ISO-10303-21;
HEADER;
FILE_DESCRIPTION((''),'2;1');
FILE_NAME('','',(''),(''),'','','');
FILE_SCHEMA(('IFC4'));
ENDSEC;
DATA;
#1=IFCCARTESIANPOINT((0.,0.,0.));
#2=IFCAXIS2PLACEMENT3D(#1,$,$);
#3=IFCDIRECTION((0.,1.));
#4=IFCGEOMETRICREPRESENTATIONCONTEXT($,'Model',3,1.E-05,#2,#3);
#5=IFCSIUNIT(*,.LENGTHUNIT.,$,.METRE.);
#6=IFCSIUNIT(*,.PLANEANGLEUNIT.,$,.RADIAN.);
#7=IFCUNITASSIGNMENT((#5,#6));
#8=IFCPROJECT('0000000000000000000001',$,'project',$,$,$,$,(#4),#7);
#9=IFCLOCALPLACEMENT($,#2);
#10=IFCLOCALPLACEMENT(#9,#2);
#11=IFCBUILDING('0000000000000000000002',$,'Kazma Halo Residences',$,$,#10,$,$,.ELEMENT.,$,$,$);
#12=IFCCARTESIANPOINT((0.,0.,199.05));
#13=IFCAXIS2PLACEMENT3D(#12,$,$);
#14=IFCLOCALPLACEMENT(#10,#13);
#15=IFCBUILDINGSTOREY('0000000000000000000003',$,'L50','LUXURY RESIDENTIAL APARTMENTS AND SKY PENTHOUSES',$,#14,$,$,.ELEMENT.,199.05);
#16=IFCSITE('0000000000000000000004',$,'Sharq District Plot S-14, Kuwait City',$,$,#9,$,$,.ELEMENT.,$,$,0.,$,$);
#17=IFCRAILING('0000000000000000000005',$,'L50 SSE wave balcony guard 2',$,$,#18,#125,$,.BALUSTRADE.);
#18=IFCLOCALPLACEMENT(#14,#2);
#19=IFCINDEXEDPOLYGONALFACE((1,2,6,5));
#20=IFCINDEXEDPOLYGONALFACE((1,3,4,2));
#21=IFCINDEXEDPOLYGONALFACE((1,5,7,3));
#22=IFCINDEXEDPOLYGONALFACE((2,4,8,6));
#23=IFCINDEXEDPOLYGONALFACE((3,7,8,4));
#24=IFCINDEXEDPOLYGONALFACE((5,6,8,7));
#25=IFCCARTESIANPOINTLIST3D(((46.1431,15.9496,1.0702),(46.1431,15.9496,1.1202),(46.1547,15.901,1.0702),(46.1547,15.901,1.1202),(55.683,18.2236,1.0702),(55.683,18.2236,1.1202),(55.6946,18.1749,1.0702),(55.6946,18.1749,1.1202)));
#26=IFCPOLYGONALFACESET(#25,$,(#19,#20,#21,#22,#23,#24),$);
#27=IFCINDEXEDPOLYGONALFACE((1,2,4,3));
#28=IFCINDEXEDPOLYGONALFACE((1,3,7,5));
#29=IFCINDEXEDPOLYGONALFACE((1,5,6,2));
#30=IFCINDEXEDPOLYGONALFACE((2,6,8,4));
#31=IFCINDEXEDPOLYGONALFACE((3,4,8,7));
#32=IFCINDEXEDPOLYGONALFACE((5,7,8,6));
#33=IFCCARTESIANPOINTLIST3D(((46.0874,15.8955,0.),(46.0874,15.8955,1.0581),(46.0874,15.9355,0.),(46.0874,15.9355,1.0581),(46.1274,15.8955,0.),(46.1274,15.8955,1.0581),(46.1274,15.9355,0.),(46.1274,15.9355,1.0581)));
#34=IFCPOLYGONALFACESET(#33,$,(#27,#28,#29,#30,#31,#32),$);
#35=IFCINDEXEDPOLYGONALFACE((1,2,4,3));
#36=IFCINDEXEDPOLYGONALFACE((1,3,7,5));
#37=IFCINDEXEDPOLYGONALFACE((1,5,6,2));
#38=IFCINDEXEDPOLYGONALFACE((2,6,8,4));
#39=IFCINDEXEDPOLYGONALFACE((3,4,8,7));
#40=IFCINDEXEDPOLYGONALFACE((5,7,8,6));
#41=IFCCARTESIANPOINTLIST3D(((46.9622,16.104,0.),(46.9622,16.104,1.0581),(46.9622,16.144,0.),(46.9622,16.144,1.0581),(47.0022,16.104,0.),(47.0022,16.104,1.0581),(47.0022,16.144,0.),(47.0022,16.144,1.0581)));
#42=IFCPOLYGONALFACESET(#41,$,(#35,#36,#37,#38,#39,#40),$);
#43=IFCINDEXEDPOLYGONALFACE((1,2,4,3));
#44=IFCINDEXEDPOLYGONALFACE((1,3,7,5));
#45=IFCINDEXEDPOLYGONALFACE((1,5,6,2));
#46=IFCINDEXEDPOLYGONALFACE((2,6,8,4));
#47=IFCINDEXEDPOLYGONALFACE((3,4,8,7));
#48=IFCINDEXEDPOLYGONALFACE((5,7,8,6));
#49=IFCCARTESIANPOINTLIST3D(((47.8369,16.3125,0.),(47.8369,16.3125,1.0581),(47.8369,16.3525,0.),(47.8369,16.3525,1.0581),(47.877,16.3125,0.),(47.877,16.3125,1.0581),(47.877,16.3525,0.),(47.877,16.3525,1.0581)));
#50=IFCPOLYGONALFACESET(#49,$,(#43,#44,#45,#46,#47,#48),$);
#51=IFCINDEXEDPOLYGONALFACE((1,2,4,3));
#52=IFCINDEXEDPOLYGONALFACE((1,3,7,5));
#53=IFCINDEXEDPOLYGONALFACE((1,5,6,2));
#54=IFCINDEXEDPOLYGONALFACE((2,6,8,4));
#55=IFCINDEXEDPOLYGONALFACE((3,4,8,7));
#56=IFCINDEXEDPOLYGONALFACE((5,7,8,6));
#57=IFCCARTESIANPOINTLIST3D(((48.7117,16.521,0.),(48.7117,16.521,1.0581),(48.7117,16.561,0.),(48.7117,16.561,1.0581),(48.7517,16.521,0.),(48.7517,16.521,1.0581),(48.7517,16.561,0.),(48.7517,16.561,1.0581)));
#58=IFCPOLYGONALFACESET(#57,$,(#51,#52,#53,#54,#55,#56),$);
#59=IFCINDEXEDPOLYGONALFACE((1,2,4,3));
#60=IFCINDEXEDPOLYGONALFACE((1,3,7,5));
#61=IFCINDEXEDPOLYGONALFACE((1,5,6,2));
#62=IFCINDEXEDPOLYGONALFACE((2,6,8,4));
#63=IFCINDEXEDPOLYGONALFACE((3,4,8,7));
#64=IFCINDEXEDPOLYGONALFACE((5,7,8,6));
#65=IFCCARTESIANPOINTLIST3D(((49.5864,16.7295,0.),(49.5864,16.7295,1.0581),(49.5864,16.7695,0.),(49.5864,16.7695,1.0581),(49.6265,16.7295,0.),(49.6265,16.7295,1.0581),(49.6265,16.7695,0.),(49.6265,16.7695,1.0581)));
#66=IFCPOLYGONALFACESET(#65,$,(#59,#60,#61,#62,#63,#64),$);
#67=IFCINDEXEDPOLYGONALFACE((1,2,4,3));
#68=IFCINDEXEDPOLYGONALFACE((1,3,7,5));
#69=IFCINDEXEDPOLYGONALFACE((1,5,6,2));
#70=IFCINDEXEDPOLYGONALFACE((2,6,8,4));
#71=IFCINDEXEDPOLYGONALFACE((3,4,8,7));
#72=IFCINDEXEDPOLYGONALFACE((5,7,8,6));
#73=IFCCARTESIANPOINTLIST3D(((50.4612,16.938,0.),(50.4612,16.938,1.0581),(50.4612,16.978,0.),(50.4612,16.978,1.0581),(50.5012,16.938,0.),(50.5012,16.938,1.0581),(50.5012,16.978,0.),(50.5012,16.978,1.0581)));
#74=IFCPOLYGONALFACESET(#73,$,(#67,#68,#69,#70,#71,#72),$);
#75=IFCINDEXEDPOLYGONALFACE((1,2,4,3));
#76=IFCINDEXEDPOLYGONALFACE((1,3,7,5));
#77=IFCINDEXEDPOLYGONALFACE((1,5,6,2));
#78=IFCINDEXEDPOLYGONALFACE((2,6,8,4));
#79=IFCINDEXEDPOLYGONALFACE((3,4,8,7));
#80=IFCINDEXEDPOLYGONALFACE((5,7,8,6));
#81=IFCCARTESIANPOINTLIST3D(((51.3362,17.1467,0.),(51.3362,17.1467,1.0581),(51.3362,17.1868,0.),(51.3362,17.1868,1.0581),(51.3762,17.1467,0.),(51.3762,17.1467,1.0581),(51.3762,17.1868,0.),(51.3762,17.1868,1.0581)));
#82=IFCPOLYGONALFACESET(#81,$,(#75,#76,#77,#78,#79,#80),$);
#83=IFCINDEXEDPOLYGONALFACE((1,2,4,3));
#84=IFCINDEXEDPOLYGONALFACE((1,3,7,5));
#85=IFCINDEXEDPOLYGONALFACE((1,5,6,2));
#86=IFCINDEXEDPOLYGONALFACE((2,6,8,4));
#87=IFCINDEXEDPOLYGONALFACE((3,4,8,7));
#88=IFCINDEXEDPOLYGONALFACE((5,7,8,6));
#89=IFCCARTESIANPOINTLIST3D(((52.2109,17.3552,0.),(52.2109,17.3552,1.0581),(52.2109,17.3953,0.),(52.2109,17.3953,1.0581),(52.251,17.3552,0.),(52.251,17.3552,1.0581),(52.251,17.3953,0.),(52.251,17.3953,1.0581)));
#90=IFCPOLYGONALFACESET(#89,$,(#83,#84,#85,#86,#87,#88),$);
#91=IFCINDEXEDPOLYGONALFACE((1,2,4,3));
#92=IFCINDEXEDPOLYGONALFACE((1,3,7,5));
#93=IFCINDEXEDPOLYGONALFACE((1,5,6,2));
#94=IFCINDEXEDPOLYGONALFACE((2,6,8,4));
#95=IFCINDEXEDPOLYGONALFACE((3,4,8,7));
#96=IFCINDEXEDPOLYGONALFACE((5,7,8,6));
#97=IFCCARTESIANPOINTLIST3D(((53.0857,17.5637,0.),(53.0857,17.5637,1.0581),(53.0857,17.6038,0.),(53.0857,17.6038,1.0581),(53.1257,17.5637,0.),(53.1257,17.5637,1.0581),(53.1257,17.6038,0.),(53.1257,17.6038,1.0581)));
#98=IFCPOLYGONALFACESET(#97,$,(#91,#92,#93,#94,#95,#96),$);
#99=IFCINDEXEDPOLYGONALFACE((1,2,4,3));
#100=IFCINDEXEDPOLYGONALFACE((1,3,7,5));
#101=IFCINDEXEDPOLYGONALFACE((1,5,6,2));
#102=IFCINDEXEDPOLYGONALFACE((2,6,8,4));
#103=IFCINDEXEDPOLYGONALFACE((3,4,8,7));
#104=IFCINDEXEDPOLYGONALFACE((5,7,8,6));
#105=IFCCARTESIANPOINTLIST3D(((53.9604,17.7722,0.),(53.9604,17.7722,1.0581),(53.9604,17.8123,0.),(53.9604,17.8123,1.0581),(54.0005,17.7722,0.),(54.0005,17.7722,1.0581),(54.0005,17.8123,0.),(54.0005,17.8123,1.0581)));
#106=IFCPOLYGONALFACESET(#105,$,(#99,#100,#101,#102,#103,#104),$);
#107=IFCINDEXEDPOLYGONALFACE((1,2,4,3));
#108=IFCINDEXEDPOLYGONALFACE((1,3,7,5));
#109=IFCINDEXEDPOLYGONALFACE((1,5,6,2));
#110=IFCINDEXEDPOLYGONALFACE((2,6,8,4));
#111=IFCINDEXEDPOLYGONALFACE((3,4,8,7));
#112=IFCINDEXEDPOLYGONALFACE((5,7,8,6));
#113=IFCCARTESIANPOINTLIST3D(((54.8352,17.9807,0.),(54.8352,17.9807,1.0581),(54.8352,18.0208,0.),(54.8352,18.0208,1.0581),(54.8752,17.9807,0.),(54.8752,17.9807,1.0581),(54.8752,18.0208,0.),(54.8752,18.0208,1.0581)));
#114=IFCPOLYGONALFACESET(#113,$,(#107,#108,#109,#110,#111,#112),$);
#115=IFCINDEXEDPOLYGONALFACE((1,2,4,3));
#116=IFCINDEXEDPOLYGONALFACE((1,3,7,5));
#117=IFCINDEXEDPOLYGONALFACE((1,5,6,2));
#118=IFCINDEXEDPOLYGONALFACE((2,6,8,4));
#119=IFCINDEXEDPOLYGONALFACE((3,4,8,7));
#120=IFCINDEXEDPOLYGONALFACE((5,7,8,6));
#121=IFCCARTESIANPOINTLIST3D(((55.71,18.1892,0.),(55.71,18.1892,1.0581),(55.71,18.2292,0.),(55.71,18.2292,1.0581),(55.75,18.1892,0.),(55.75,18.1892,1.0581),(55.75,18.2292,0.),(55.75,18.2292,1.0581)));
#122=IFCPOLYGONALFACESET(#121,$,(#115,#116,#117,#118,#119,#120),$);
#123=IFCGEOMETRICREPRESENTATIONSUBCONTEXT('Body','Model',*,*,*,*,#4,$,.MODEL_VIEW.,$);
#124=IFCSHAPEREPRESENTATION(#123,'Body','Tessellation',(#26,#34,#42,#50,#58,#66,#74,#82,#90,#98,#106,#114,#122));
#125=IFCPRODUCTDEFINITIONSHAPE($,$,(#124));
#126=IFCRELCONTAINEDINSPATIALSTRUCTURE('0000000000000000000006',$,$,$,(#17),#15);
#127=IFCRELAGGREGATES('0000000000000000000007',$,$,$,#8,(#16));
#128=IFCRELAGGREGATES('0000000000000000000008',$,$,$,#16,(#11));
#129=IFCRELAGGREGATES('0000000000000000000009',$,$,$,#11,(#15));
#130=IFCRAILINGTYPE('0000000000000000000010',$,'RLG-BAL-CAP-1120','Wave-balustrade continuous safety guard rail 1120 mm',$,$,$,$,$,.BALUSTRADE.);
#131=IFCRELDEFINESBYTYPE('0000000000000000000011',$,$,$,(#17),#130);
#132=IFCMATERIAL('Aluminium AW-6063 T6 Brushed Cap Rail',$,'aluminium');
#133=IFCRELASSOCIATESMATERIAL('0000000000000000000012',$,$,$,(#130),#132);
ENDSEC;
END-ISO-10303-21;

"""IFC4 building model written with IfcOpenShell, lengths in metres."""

from ifc_helpers import new_model, si_unit, direction, frame, origin, origin_2d, place, context, subcontext, project, spatial, rectangle, extrude, material, type_object, element, save


model = new_model("IFC4")

# Units and contexts
model_context = context("Model", 3, precision=1e-05, world=origin(), true_north=direction((0.0, 1.0)))
body_context = subcontext(model_context, "Body", "Model", "MODEL_VIEW")
ifc_project = project(units=[si_unit("LENGTHUNIT", "METRE"), si_unit("PLANEANGLEUNIT", "RADIAN")], contexts=[model_context])

# Site, building, storey
site_placement = place(None, origin())
site = spatial("IfcSite", under=ifc_project, at=site_placement, Name="Sharq District Plot S-14, Kuwait City", CompositionType="ELEMENT", RefElevation=0.0)
building_placement = place(site_placement, origin())
building = spatial("IfcBuilding", under=site, at=building_placement, Name="Kazma Halo Residences", CompositionType="ELEMENT")
storey_placement = place(building_placement, frame((0.0, 0.0, 199.05)))
storey = spatial("IfcBuildingStorey", under=building, at=storey_placement, Name="L50", Description="LUXURY RESIDENTIAL APARTMENTS AND SKY PENTHOUSES", CompositionType="ELEMENT", Elevation=199.05)

# Railing
ifc_material_1 = material(Name="Aluminium AW-6063 T6 Brushed Cap Rail", Category="aluminium")
railing_type = type_object("IfcRailingType", Name="RLG-BAL-CAP-1120", Description="Wave-balustrade continuous safety guard rail 1120 mm", PredefinedType="BALUSTRADE", material=ifc_material_1)
railing_1_placement = place(storey_placement, frame((46.1074, 15.9155, 0.0)))
element("IfcRailing", 1, at=railing_1_placement, inside=storey, type_object=railing_type, Name="L50 SSE wave balcony guard 2", PredefinedType="BALUSTRADE", context=body_context, shape_type="SweptSolid", body=[
    extrude(rectangle(XDim=0.05, YDim=0.05, at=origin_2d()), frame((0.0415, 0.0098, 1.0952), z_axis=(0.972747, 0.231871, 0.0), x_axis=(-0.231871, 0.972747, 0.0)), (0.0, 0.0, 1.0), 9.8071),
    extrude(rectangle(XDim=0.04, YDim=0.04, at=origin_2d()), origin(), (0.0, 0.0, 1.0), 1.0581),
    extrude(rectangle(XDim=0.04, YDim=0.04, at=origin_2d()), frame((0.8748, 0.2085, 0.0)), (0.0, 0.0, 1.0), 1.0581),
    extrude(rectangle(XDim=0.04, YDim=0.04, at=origin_2d()), frame((1.7495, 0.417, 0.0)), (0.0, 0.0, 1.0), 1.0581),
    extrude(rectangle(XDim=0.04, YDim=0.04, at=origin_2d()), frame((2.6243, 0.6255, 0.0)), (0.0, 0.0, 1.0), 1.0581),
    extrude(rectangle(XDim=0.04, YDim=0.04, at=origin_2d()), frame((3.499, 0.834, 0.0)), (0.0, 0.0, 1.0), 1.0581),
    extrude(rectangle(XDim=0.04, YDim=0.04, at=origin_2d()), frame((4.3738, 1.0425, 0.0)), (0.0, 0.0, 1.0), 1.0581),
    extrude(rectangle(XDim=0.04, YDim=0.04, at=origin_2d()), frame((5.2488, 1.2512, 0.0)), (0.0, 0.0, 1.0), 1.0581),
    extrude(rectangle(XDim=0.04, YDim=0.04, at=origin_2d()), frame((6.1235, 1.4597, 0.0)), (0.0, 0.0, 1.0), 1.0581),
    extrude(rectangle(XDim=0.04, YDim=0.04, at=origin_2d()), frame((6.9983, 1.6682, 0.0)), (0.0, 0.0, 1.0), 1.0581),
    extrude(rectangle(XDim=0.04, YDim=0.04, at=origin_2d()), frame((7.873, 1.8767, 0.0)), (0.0, 0.0, 1.0), 1.0581),
    extrude(rectangle(XDim=0.04, YDim=0.04, at=origin_2d()), frame((8.7478, 2.0852, 0.0)), (0.0, 0.0, 1.0), 1.0581),
    extrude(rectangle(XDim=0.04, YDim=0.04, at=origin_2d()), frame((9.6226, 2.2937, 0.0)), (0.0, 0.0, 1.0), 1.0581),
])

save(model, "model.ifc")
